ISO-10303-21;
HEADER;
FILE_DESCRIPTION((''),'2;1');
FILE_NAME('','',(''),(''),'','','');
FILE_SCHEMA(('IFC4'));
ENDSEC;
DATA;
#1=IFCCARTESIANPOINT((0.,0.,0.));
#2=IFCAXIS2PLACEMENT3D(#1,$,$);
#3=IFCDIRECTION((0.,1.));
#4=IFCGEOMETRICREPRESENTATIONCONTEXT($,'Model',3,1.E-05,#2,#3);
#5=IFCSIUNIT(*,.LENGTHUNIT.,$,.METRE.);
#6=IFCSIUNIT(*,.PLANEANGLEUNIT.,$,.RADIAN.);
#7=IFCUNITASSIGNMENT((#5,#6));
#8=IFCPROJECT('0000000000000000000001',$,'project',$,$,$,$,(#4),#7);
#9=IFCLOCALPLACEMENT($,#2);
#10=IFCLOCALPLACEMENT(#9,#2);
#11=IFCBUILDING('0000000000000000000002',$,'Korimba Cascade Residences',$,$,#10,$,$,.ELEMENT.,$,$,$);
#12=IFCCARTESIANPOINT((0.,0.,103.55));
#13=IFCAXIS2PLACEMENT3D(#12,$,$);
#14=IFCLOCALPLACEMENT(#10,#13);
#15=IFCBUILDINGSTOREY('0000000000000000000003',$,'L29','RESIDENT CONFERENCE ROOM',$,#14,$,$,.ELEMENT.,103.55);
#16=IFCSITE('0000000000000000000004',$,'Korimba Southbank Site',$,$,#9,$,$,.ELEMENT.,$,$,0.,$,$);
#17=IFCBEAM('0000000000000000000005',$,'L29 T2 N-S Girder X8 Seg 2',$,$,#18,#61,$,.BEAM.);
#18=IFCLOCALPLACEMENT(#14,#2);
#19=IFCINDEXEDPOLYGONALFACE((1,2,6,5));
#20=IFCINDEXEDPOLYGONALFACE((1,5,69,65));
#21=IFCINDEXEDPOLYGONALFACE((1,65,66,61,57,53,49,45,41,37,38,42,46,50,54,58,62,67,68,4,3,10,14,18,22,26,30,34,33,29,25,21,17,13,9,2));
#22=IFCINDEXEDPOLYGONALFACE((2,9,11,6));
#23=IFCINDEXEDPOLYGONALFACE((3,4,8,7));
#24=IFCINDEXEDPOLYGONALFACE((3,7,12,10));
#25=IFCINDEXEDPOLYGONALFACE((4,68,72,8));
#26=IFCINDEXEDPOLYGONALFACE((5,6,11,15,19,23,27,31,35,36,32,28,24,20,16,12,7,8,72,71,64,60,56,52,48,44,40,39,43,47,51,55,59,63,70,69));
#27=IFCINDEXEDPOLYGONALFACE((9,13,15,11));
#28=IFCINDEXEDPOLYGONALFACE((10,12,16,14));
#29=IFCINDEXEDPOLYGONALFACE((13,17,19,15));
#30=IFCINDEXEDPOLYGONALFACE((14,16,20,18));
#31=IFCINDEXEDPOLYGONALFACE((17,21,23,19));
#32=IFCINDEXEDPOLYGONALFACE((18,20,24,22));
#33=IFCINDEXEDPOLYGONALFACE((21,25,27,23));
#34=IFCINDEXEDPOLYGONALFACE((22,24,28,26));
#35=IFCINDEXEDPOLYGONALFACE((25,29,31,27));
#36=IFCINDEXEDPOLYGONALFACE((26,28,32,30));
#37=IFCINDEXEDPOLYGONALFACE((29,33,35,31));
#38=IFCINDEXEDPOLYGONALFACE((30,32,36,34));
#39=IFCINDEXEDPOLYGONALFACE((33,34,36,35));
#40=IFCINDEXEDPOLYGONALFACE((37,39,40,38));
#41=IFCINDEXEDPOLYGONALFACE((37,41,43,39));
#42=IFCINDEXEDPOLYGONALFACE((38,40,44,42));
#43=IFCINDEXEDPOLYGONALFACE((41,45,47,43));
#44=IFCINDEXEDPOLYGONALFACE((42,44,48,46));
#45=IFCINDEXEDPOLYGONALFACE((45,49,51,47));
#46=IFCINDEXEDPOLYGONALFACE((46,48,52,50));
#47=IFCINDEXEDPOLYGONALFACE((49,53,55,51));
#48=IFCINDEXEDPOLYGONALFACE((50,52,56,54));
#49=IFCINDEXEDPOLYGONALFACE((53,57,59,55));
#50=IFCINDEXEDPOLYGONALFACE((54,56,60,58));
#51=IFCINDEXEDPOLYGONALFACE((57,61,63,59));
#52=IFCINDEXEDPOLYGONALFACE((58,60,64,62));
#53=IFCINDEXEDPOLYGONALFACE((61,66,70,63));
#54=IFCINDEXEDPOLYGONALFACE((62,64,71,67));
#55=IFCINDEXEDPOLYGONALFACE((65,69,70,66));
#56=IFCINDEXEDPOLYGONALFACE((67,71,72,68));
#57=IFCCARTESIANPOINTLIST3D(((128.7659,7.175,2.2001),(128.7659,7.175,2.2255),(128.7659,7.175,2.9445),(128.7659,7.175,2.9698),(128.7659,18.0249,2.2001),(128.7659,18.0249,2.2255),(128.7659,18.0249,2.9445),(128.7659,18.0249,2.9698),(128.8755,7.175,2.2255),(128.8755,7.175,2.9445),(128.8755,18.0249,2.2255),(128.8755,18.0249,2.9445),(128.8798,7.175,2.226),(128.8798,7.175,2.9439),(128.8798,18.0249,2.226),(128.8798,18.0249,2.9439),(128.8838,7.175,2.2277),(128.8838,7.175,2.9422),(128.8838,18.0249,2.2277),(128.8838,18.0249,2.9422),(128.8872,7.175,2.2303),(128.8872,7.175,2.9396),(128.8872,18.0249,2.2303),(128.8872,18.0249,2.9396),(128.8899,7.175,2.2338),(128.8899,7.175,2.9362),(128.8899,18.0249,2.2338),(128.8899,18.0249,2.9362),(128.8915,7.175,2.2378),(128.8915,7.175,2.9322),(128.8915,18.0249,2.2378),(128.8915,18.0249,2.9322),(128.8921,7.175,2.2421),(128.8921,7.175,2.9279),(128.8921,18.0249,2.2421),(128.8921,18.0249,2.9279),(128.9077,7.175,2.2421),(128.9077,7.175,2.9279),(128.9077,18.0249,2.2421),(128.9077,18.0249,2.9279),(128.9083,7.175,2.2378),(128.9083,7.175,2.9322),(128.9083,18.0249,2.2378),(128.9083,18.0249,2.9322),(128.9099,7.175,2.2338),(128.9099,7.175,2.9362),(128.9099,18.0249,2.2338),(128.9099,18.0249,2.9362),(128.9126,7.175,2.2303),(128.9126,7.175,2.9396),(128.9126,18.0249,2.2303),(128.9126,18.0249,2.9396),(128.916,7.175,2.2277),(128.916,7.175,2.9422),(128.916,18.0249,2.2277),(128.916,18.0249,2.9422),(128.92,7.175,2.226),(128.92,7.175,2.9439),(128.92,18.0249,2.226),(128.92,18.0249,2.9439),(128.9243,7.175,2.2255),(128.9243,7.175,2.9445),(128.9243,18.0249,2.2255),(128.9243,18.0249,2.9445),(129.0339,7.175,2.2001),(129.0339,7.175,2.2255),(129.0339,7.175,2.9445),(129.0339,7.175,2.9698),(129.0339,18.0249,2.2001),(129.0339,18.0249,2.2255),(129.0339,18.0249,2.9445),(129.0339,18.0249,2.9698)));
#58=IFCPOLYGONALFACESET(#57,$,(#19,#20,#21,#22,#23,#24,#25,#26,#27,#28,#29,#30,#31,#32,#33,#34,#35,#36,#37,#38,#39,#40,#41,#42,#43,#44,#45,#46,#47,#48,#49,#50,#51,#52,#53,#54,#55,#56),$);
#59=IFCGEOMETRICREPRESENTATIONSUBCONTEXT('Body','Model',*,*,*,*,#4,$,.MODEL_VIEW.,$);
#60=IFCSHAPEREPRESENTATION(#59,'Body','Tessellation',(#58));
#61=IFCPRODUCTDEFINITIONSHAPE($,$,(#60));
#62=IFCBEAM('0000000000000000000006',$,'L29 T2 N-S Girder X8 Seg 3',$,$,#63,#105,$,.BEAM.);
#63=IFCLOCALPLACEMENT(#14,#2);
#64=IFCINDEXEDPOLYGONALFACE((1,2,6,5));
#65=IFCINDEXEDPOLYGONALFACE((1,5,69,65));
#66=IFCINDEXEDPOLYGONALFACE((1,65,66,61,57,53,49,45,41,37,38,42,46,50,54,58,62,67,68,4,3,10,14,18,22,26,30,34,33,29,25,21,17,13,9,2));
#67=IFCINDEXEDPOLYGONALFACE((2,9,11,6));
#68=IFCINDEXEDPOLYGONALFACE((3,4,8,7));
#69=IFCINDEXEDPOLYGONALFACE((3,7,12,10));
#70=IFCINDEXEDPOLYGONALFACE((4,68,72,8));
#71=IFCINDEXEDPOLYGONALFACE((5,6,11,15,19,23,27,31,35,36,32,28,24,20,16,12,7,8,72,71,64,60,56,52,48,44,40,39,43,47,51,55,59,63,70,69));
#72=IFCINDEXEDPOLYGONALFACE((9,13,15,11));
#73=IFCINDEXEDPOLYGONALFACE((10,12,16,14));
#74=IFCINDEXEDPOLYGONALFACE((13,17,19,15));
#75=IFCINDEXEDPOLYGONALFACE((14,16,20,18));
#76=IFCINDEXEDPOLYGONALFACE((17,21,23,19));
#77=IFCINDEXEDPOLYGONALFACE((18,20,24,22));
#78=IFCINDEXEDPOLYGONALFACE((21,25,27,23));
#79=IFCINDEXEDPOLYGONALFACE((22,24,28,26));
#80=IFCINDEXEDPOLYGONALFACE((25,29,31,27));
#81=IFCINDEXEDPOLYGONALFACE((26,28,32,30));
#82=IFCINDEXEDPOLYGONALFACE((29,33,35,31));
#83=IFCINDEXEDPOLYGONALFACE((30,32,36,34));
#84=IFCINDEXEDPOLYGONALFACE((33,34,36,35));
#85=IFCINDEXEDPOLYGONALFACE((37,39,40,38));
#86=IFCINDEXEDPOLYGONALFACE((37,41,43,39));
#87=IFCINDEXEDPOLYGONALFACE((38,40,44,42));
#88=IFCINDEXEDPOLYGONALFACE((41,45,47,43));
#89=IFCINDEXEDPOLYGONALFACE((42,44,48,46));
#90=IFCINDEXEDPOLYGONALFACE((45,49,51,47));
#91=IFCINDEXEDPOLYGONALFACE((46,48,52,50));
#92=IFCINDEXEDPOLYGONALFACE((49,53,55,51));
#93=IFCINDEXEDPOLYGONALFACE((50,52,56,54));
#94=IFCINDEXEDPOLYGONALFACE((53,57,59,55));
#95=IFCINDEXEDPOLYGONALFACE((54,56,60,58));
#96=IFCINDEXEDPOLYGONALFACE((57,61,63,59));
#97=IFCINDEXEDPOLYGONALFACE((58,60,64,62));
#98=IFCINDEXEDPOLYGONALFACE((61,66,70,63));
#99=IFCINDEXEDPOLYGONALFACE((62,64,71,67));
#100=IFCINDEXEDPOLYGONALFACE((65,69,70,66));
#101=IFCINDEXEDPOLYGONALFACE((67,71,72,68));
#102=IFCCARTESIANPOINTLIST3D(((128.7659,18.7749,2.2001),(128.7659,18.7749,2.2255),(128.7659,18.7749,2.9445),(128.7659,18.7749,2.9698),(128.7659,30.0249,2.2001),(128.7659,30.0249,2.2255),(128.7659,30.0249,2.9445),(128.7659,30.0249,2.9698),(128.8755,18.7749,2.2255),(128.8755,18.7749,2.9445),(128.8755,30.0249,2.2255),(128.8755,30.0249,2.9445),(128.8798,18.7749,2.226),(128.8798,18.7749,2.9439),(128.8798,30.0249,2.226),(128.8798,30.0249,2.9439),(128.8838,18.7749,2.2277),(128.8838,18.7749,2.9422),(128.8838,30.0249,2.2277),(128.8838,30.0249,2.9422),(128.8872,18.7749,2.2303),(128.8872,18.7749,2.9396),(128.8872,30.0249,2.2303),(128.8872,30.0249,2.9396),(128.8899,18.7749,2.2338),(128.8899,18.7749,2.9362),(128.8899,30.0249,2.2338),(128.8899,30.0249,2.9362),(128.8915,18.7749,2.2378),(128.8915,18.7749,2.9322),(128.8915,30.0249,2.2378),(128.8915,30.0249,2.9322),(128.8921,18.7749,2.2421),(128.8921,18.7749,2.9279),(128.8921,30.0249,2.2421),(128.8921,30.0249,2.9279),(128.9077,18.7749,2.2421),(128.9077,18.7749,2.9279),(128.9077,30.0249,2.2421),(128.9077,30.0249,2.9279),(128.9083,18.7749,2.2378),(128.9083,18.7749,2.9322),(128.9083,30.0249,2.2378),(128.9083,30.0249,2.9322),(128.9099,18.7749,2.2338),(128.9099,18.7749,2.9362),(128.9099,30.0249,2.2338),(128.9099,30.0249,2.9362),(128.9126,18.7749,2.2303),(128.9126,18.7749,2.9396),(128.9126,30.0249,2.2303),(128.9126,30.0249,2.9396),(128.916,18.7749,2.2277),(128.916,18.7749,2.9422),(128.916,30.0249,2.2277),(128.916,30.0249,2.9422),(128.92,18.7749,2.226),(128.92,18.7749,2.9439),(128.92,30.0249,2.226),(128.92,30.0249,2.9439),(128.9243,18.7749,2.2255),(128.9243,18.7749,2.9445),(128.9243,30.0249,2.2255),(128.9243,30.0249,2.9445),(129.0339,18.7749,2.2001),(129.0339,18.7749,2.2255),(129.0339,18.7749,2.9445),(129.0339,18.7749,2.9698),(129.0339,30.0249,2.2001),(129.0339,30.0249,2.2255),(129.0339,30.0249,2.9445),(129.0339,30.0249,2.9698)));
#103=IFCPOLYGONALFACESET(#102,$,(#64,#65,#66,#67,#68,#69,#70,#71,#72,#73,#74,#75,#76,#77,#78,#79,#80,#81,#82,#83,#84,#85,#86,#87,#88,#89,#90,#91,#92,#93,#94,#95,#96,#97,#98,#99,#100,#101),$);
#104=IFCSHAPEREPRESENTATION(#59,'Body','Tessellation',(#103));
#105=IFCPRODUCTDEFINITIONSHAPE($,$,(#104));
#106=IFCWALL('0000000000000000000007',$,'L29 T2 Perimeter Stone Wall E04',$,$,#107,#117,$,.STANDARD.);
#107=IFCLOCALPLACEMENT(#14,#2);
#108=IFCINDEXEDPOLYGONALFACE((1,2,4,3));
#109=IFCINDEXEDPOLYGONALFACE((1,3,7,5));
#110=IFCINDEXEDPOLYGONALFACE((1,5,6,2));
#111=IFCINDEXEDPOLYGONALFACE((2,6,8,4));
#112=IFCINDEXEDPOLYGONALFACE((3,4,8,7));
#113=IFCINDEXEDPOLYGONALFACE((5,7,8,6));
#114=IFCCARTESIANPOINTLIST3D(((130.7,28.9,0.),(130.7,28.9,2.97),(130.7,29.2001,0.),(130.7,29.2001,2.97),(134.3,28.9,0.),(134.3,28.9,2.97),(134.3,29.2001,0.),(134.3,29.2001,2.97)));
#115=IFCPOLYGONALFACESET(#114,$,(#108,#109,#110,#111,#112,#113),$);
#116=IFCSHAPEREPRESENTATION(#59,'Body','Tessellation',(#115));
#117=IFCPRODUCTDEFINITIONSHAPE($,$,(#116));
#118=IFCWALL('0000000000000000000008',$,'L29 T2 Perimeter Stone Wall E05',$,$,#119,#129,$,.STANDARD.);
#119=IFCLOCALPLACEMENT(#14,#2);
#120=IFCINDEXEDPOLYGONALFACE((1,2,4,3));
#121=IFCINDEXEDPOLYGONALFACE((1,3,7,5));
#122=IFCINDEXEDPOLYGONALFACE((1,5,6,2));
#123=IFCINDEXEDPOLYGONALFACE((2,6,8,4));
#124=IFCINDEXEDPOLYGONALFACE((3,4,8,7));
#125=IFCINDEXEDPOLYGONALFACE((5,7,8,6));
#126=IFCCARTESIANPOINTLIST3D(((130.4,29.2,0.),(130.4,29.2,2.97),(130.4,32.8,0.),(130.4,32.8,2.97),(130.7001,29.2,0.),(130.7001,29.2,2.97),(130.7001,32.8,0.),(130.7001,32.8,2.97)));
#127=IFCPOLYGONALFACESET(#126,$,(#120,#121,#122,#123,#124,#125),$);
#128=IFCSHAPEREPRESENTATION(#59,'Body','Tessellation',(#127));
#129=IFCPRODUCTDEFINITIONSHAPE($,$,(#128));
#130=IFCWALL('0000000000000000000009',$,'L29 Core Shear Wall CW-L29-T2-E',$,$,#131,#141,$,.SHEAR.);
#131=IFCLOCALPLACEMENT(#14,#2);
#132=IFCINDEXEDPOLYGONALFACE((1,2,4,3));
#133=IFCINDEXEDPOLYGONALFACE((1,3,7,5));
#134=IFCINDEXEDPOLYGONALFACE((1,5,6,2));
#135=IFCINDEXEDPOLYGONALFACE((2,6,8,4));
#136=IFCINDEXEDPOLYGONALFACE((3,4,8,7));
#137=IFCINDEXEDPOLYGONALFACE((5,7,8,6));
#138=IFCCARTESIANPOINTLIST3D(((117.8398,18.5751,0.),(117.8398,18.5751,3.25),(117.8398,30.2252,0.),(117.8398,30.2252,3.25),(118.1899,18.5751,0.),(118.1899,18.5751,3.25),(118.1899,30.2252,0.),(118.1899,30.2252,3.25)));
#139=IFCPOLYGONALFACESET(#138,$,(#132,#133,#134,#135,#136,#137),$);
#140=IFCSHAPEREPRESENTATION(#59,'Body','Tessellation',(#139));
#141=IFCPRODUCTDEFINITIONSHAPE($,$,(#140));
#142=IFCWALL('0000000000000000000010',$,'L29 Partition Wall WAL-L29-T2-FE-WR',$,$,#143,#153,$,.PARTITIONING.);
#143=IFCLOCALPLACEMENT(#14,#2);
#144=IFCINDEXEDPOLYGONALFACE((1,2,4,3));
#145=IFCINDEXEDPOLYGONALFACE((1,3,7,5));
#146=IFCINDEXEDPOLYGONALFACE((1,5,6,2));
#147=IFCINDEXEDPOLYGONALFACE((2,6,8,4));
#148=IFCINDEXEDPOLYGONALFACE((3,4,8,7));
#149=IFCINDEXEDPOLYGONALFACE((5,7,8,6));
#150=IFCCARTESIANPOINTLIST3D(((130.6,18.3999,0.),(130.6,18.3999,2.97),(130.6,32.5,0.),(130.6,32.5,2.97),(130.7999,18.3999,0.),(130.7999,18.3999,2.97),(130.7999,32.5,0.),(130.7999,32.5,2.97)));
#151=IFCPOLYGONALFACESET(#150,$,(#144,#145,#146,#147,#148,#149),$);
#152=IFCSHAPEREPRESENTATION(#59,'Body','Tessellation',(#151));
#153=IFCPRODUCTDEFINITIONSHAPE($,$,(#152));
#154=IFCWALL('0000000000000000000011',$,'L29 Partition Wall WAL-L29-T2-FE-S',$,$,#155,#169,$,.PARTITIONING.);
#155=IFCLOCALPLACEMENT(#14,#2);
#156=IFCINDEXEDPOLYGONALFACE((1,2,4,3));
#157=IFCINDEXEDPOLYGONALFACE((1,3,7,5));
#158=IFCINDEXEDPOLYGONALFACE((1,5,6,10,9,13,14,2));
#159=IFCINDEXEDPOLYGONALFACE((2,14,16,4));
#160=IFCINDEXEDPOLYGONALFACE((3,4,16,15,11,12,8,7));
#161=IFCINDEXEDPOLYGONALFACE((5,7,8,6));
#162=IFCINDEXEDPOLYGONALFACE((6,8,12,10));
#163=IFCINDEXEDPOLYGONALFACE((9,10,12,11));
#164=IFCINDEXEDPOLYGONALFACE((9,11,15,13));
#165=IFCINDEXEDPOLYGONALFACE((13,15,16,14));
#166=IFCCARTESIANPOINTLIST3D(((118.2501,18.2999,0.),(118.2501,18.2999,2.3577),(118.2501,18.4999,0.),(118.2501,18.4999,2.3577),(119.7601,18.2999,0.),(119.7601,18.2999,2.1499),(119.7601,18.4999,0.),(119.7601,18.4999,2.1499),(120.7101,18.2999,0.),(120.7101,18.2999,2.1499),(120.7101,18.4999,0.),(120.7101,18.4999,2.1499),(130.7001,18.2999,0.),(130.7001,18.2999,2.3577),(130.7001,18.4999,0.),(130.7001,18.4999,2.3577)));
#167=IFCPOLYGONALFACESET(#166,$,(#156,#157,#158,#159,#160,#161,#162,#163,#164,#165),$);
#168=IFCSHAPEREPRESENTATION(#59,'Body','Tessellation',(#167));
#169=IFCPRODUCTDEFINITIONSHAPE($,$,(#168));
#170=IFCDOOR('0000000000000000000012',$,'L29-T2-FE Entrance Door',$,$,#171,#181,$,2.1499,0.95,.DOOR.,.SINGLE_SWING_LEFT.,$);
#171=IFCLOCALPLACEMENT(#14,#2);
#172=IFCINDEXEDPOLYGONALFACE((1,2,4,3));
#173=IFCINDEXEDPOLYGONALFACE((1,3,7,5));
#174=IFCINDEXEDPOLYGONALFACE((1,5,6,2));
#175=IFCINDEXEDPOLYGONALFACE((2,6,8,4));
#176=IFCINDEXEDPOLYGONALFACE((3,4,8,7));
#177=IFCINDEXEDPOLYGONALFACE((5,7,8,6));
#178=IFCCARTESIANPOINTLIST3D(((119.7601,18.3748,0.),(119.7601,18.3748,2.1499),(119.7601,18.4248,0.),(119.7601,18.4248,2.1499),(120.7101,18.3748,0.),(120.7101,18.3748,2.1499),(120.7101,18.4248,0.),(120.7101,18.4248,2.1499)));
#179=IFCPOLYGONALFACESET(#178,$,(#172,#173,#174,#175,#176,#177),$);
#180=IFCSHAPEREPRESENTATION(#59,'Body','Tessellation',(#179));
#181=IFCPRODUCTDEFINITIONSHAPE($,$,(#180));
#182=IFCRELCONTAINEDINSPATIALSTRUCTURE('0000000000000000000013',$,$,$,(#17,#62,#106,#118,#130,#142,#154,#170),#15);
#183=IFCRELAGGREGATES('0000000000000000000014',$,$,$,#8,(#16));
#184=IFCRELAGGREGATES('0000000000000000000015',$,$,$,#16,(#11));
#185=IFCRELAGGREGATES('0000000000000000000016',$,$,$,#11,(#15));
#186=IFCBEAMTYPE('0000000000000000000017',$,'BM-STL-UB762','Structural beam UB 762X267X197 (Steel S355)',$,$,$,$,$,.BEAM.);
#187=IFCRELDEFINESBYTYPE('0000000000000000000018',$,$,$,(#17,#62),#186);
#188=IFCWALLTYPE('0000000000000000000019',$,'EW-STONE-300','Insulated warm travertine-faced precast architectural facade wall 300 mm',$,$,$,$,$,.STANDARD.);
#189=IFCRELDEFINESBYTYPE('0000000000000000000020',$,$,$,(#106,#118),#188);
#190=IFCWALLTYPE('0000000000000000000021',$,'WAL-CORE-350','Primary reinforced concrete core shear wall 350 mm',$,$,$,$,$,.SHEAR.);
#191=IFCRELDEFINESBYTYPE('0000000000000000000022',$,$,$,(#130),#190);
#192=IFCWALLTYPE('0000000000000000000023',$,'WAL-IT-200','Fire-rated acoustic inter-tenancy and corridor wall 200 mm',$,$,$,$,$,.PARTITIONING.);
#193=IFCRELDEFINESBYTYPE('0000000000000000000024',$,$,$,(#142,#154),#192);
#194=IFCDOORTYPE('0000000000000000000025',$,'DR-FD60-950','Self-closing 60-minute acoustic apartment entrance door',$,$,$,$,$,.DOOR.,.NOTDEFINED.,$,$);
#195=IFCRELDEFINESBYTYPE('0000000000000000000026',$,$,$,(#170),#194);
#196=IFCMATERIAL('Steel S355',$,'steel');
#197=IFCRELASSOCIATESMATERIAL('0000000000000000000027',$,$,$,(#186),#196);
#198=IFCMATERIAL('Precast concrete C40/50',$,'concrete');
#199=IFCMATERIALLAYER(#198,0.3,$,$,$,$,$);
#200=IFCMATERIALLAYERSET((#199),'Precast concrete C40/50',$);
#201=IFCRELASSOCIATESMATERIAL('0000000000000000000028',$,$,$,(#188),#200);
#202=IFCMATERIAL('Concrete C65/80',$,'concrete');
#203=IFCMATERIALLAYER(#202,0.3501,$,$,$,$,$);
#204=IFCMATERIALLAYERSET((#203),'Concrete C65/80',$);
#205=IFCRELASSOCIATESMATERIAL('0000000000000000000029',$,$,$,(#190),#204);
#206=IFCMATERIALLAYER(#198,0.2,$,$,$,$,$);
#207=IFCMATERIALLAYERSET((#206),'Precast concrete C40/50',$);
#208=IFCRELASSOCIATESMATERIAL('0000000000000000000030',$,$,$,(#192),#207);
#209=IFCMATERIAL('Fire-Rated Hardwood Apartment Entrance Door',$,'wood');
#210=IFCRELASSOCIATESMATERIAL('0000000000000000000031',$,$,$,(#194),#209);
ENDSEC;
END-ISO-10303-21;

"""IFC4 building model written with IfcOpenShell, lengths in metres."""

from ifc_helpers import new_model, si_unit, direction, frame, frame_2d, origin, origin_2d, place, context, subcontext, project, spatial, rectangle, i_section, extrude, material, layer, layer_set, material_profile, profile_set, type_object, element, fill, save


model = new_model("IFC4")

# Units and contexts
model_context = context("Model", 3, precision=1e-05, world=origin(), true_north=direction((0.0, 1.0)))
body_context = subcontext(model_context, "Body", "Model", "MODEL_VIEW")
ifc_project = project(units=[si_unit("LENGTHUNIT", "METRE"), si_unit("PLANEANGLEUNIT", "RADIAN")], contexts=[model_context])

# Site, building, storey
site_placement = place(None, origin())
site = spatial("IfcSite", under=ifc_project, at=site_placement, Name="Korimba Southbank Site", CompositionType="ELEMENT", RefElevation=0.0)
building_placement = place(site_placement, origin())
building = spatial("IfcBuilding", under=site, at=building_placement, Name="Korimba Cascade Residences", CompositionType="ELEMENT")
storey_placement = place(building_placement, frame((0.0, 0.0, 103.55)))
storey = spatial("IfcBuildingStorey", under=building, at=storey_placement, Name="L29", Description="RESIDENT CONFERENCE ROOM", CompositionType="ELEMENT", Elevation=103.55)

# Shared definitions
ifc_material_1 = material(Name="Concrete C65/80", Category="concrete")

# Beams
ifc_material_2 = material(Name="Steel S355", Category="steel")
ifc_material_profile_1 = material_profile(ifc_material_2, i_section(OverallWidth=0.2681, OverallDepth=0.7698, WebThickness=0.0156, FlangeThickness=0.0254, FilletRadius=0.0166, at=origin_2d()), Name="Steel S355")
ifc_profile_set_1 = profile_set([ifc_material_profile_1], Name="Steel S355")
beam_type_1 = type_object("IfcBeamType", Name="BM-STL-UB762", Description="Structural beam UB 762X267X197 (Steel S355)", PredefinedType="BEAM", material=ifc_profile_set_1)
beam_1_placement = place(storey_placement, frame((128.8999, 7.175, 2.585), z_axis=(0.0, 1.0, 0.0), x_axis=(-1.0, 0.0, 0.0)))
element("IfcBeam", 1, at=beam_1_placement, inside=storey, type_object=beam_type_1, Name="L29 T2 N-S Girder X8 Seg 2", PredefinedType="BEAM", context=body_context, shape_type="SweptSolid", body=[
    extrude(i_section(OverallWidth=0.2681, OverallDepth=0.7698, WebThickness=0.0156, FlangeThickness=0.0254, FilletRadius=0.0166, at=origin_2d()), origin(), (0.0, 0.0, 1.0), 10.8499),
])
beam_2_placement = place(storey_placement, frame((128.8999, 18.7749, 2.585), z_axis=(0.0, 1.0, 0.0), x_axis=(-1.0, 0.0, 0.0)))
element("IfcBeam", 2, at=beam_2_placement, inside=storey, type_object=beam_type_1, Name="L29 T2 N-S Girder X8 Seg 3", PredefinedType="BEAM", context=body_context, shape_type="SweptSolid", body=[
    extrude(i_section(OverallWidth=0.2681, OverallDepth=0.7698, WebThickness=0.0156, FlangeThickness=0.0254, FilletRadius=0.0166, at=origin_2d()), origin(), (0.0, 0.0, 1.0), 11.25),
])

# Walls
ifc_material_3 = material(Name="Precast concrete C40/50", Category="concrete")
ifc_layer_1 = layer(ifc_material_3, 0.3)
ifc_layer_set_1 = layer_set([ifc_layer_1], Name="Precast concrete C40/50")
wall_type_1 = type_object("IfcWallType", Name="EW-STONE-300", Description="Insulated warm travertine-faced precast architectural facade wall 300 mm", PredefinedType="STANDARD", material=ifc_layer_set_1)
for number, where, z_axis, x_axis, name in (
    (3, (134.3, 29.05, 0.0), (0.0, 0.0, 1.0), (-1.0, 0.0, 0.0), "L29 T2 Perimeter Stone Wall E04"),
    (4, (130.55, 29.2, 0.0), (0.0, 0.0, 1.0), (0.0, 1.0, 0.0), "L29 T2 Perimeter Stone Wall E05"),
):
    element("IfcWall", number, at=place(storey_placement, frame(where, z_axis=z_axis, x_axis=x_axis)), inside=storey, type_object=wall_type_1, Name=name, PredefinedType="STANDARD", context=body_context, shape_type="SweptSolid", body=[
        extrude(rectangle(XDim=3.6001, YDim=0.3, at=frame_2d((1.8, 0.0))), origin(), (0.0, 0.0, 1.0), 2.97),
    ])
ifc_layer_2 = layer(ifc_material_1, 0.3501)
ifc_layer_set_2 = layer_set([ifc_layer_2], Name="Concrete C65/80")
wall_type_2 = type_object("IfcWallType", Name="WAL-CORE-350", Description="Primary reinforced concrete core shear wall 350 mm", PredefinedType="SHEAR", material=ifc_layer_set_2)
wall_1_placement = place(storey_placement, frame((118.0149, 18.575, 0.0), z_axis=(0.0, 0.0, 1.0), x_axis=(0.0, 1.0, 0.0)))
element("IfcWall", 5, at=wall_1_placement, inside=storey, type_object=wall_type_2, Name="L29 Core Shear Wall CW-L29-T2-E", PredefinedType="SHEAR", context=body_context, shape_type="SweptSolid", body=[
    extrude(rectangle(XDim=11.6501, YDim=0.3501, at=frame_2d((5.8252, 0.0))), origin(), (0.0, 0.0, 1.0), 3.25),
])
ifc_layer_3 = layer(ifc_material_3, 0.2)
ifc_layer_set_3 = layer_set([ifc_layer_3], Name="Precast concrete C40/50")
wall_type_3 = type_object("IfcWallType", Name="WAL-IT-200", Description="Fire-rated acoustic inter-tenancy and corridor wall 200 mm", PredefinedType="PARTITIONING", material=ifc_layer_set_3)
wall_2_placement = place(storey_placement, frame((130.7, 18.3999, 0.0), z_axis=(0.0, 0.0, 1.0), x_axis=(0.0, 1.0, 0.0)))
element("IfcWall", 6, at=wall_2_placement, inside=storey, type_object=wall_type_3, Name="L29 Partition Wall WAL-L29-T2-FE-WR", PredefinedType="PARTITIONING", context=body_context, shape_type="SweptSolid", body=[
    extrude(rectangle(XDim=14.1001, YDim=0.2, at=frame_2d((7.05, 0.0))), origin(), (0.0, 0.0, 1.0), 2.97),
])

# Wall, opening, door
wall_3_placement = place(storey_placement, frame((118.25, 18.3999, 0.0), z_axis=(0.0, 0.0, 1.0), x_axis=(1.0, 0.0, 0.0)))
wall_3 = element("IfcWall", 7, at=wall_3_placement, inside=storey, type_object=wall_type_3, Name="L29 Partition Wall WAL-L29-T2-FE-S", PredefinedType="PARTITIONING", context=body_context, shape_type="SweptSolid", body=[
    extrude(rectangle(XDim=12.45, YDim=0.2, at=frame_2d((6.2251, 0.0))), origin(), (0.0, 0.0, 1.0), 2.3577),
])
opening_1_placement = place(wall_3_placement, frame((1.51, 0.0, 0.0)))
opening_1 = element("IfcOpeningElement", 8, at=opening_1_placement, cuts=wall_3, PredefinedType="OPENING", context=body_context, shape_type="SweptSolid", body=[
    extrude(rectangle(XDim=0.95, YDim=2.1499, at=frame_2d((0.4751, 1.075))), frame((0.0, 0.1099, 0.0), z_axis=(0.0, -1.0, 0.0), x_axis=(1.0, 0.0, 0.0)), (0.0, 0.0, 1.0), 0.22),
])
ifc_material_4 = material(Name="Fire-Rated Hardwood Apartment Entrance Door", Category="wood")
door_type_1 = type_object("IfcDoorType", Name="DR-FD60-950", Description="Self-closing 60-minute acoustic apartment entrance door", OperationType="NOTDEFINED", PredefinedType="DOOR", material=ifc_material_4)
door_1_placement = place(opening_1_placement, origin())
door_1 = element("IfcDoor", 9, at=door_1_placement, inside=storey, type_object=door_type_1, Name="L29-T2-FE Entrance Door", OperationType="SINGLE_SWING_LEFT", OverallHeight=2.1499, OverallWidth=0.95, PredefinedType="DOOR", context=body_context, shape_type="SweptSolid", body=[
    extrude(rectangle(XDim=0.95, YDim=2.1499, at=frame_2d((0.4751, 1.075))), frame((0.0, 0.0249, 0.0), z_axis=(0.0, -1.0, 0.0), x_axis=(1.0, 0.0, 0.0)), (0.0, 0.0, 1.0), 0.05),
])
fill(opening_1, door_1)

save(model, "model.ifc")
